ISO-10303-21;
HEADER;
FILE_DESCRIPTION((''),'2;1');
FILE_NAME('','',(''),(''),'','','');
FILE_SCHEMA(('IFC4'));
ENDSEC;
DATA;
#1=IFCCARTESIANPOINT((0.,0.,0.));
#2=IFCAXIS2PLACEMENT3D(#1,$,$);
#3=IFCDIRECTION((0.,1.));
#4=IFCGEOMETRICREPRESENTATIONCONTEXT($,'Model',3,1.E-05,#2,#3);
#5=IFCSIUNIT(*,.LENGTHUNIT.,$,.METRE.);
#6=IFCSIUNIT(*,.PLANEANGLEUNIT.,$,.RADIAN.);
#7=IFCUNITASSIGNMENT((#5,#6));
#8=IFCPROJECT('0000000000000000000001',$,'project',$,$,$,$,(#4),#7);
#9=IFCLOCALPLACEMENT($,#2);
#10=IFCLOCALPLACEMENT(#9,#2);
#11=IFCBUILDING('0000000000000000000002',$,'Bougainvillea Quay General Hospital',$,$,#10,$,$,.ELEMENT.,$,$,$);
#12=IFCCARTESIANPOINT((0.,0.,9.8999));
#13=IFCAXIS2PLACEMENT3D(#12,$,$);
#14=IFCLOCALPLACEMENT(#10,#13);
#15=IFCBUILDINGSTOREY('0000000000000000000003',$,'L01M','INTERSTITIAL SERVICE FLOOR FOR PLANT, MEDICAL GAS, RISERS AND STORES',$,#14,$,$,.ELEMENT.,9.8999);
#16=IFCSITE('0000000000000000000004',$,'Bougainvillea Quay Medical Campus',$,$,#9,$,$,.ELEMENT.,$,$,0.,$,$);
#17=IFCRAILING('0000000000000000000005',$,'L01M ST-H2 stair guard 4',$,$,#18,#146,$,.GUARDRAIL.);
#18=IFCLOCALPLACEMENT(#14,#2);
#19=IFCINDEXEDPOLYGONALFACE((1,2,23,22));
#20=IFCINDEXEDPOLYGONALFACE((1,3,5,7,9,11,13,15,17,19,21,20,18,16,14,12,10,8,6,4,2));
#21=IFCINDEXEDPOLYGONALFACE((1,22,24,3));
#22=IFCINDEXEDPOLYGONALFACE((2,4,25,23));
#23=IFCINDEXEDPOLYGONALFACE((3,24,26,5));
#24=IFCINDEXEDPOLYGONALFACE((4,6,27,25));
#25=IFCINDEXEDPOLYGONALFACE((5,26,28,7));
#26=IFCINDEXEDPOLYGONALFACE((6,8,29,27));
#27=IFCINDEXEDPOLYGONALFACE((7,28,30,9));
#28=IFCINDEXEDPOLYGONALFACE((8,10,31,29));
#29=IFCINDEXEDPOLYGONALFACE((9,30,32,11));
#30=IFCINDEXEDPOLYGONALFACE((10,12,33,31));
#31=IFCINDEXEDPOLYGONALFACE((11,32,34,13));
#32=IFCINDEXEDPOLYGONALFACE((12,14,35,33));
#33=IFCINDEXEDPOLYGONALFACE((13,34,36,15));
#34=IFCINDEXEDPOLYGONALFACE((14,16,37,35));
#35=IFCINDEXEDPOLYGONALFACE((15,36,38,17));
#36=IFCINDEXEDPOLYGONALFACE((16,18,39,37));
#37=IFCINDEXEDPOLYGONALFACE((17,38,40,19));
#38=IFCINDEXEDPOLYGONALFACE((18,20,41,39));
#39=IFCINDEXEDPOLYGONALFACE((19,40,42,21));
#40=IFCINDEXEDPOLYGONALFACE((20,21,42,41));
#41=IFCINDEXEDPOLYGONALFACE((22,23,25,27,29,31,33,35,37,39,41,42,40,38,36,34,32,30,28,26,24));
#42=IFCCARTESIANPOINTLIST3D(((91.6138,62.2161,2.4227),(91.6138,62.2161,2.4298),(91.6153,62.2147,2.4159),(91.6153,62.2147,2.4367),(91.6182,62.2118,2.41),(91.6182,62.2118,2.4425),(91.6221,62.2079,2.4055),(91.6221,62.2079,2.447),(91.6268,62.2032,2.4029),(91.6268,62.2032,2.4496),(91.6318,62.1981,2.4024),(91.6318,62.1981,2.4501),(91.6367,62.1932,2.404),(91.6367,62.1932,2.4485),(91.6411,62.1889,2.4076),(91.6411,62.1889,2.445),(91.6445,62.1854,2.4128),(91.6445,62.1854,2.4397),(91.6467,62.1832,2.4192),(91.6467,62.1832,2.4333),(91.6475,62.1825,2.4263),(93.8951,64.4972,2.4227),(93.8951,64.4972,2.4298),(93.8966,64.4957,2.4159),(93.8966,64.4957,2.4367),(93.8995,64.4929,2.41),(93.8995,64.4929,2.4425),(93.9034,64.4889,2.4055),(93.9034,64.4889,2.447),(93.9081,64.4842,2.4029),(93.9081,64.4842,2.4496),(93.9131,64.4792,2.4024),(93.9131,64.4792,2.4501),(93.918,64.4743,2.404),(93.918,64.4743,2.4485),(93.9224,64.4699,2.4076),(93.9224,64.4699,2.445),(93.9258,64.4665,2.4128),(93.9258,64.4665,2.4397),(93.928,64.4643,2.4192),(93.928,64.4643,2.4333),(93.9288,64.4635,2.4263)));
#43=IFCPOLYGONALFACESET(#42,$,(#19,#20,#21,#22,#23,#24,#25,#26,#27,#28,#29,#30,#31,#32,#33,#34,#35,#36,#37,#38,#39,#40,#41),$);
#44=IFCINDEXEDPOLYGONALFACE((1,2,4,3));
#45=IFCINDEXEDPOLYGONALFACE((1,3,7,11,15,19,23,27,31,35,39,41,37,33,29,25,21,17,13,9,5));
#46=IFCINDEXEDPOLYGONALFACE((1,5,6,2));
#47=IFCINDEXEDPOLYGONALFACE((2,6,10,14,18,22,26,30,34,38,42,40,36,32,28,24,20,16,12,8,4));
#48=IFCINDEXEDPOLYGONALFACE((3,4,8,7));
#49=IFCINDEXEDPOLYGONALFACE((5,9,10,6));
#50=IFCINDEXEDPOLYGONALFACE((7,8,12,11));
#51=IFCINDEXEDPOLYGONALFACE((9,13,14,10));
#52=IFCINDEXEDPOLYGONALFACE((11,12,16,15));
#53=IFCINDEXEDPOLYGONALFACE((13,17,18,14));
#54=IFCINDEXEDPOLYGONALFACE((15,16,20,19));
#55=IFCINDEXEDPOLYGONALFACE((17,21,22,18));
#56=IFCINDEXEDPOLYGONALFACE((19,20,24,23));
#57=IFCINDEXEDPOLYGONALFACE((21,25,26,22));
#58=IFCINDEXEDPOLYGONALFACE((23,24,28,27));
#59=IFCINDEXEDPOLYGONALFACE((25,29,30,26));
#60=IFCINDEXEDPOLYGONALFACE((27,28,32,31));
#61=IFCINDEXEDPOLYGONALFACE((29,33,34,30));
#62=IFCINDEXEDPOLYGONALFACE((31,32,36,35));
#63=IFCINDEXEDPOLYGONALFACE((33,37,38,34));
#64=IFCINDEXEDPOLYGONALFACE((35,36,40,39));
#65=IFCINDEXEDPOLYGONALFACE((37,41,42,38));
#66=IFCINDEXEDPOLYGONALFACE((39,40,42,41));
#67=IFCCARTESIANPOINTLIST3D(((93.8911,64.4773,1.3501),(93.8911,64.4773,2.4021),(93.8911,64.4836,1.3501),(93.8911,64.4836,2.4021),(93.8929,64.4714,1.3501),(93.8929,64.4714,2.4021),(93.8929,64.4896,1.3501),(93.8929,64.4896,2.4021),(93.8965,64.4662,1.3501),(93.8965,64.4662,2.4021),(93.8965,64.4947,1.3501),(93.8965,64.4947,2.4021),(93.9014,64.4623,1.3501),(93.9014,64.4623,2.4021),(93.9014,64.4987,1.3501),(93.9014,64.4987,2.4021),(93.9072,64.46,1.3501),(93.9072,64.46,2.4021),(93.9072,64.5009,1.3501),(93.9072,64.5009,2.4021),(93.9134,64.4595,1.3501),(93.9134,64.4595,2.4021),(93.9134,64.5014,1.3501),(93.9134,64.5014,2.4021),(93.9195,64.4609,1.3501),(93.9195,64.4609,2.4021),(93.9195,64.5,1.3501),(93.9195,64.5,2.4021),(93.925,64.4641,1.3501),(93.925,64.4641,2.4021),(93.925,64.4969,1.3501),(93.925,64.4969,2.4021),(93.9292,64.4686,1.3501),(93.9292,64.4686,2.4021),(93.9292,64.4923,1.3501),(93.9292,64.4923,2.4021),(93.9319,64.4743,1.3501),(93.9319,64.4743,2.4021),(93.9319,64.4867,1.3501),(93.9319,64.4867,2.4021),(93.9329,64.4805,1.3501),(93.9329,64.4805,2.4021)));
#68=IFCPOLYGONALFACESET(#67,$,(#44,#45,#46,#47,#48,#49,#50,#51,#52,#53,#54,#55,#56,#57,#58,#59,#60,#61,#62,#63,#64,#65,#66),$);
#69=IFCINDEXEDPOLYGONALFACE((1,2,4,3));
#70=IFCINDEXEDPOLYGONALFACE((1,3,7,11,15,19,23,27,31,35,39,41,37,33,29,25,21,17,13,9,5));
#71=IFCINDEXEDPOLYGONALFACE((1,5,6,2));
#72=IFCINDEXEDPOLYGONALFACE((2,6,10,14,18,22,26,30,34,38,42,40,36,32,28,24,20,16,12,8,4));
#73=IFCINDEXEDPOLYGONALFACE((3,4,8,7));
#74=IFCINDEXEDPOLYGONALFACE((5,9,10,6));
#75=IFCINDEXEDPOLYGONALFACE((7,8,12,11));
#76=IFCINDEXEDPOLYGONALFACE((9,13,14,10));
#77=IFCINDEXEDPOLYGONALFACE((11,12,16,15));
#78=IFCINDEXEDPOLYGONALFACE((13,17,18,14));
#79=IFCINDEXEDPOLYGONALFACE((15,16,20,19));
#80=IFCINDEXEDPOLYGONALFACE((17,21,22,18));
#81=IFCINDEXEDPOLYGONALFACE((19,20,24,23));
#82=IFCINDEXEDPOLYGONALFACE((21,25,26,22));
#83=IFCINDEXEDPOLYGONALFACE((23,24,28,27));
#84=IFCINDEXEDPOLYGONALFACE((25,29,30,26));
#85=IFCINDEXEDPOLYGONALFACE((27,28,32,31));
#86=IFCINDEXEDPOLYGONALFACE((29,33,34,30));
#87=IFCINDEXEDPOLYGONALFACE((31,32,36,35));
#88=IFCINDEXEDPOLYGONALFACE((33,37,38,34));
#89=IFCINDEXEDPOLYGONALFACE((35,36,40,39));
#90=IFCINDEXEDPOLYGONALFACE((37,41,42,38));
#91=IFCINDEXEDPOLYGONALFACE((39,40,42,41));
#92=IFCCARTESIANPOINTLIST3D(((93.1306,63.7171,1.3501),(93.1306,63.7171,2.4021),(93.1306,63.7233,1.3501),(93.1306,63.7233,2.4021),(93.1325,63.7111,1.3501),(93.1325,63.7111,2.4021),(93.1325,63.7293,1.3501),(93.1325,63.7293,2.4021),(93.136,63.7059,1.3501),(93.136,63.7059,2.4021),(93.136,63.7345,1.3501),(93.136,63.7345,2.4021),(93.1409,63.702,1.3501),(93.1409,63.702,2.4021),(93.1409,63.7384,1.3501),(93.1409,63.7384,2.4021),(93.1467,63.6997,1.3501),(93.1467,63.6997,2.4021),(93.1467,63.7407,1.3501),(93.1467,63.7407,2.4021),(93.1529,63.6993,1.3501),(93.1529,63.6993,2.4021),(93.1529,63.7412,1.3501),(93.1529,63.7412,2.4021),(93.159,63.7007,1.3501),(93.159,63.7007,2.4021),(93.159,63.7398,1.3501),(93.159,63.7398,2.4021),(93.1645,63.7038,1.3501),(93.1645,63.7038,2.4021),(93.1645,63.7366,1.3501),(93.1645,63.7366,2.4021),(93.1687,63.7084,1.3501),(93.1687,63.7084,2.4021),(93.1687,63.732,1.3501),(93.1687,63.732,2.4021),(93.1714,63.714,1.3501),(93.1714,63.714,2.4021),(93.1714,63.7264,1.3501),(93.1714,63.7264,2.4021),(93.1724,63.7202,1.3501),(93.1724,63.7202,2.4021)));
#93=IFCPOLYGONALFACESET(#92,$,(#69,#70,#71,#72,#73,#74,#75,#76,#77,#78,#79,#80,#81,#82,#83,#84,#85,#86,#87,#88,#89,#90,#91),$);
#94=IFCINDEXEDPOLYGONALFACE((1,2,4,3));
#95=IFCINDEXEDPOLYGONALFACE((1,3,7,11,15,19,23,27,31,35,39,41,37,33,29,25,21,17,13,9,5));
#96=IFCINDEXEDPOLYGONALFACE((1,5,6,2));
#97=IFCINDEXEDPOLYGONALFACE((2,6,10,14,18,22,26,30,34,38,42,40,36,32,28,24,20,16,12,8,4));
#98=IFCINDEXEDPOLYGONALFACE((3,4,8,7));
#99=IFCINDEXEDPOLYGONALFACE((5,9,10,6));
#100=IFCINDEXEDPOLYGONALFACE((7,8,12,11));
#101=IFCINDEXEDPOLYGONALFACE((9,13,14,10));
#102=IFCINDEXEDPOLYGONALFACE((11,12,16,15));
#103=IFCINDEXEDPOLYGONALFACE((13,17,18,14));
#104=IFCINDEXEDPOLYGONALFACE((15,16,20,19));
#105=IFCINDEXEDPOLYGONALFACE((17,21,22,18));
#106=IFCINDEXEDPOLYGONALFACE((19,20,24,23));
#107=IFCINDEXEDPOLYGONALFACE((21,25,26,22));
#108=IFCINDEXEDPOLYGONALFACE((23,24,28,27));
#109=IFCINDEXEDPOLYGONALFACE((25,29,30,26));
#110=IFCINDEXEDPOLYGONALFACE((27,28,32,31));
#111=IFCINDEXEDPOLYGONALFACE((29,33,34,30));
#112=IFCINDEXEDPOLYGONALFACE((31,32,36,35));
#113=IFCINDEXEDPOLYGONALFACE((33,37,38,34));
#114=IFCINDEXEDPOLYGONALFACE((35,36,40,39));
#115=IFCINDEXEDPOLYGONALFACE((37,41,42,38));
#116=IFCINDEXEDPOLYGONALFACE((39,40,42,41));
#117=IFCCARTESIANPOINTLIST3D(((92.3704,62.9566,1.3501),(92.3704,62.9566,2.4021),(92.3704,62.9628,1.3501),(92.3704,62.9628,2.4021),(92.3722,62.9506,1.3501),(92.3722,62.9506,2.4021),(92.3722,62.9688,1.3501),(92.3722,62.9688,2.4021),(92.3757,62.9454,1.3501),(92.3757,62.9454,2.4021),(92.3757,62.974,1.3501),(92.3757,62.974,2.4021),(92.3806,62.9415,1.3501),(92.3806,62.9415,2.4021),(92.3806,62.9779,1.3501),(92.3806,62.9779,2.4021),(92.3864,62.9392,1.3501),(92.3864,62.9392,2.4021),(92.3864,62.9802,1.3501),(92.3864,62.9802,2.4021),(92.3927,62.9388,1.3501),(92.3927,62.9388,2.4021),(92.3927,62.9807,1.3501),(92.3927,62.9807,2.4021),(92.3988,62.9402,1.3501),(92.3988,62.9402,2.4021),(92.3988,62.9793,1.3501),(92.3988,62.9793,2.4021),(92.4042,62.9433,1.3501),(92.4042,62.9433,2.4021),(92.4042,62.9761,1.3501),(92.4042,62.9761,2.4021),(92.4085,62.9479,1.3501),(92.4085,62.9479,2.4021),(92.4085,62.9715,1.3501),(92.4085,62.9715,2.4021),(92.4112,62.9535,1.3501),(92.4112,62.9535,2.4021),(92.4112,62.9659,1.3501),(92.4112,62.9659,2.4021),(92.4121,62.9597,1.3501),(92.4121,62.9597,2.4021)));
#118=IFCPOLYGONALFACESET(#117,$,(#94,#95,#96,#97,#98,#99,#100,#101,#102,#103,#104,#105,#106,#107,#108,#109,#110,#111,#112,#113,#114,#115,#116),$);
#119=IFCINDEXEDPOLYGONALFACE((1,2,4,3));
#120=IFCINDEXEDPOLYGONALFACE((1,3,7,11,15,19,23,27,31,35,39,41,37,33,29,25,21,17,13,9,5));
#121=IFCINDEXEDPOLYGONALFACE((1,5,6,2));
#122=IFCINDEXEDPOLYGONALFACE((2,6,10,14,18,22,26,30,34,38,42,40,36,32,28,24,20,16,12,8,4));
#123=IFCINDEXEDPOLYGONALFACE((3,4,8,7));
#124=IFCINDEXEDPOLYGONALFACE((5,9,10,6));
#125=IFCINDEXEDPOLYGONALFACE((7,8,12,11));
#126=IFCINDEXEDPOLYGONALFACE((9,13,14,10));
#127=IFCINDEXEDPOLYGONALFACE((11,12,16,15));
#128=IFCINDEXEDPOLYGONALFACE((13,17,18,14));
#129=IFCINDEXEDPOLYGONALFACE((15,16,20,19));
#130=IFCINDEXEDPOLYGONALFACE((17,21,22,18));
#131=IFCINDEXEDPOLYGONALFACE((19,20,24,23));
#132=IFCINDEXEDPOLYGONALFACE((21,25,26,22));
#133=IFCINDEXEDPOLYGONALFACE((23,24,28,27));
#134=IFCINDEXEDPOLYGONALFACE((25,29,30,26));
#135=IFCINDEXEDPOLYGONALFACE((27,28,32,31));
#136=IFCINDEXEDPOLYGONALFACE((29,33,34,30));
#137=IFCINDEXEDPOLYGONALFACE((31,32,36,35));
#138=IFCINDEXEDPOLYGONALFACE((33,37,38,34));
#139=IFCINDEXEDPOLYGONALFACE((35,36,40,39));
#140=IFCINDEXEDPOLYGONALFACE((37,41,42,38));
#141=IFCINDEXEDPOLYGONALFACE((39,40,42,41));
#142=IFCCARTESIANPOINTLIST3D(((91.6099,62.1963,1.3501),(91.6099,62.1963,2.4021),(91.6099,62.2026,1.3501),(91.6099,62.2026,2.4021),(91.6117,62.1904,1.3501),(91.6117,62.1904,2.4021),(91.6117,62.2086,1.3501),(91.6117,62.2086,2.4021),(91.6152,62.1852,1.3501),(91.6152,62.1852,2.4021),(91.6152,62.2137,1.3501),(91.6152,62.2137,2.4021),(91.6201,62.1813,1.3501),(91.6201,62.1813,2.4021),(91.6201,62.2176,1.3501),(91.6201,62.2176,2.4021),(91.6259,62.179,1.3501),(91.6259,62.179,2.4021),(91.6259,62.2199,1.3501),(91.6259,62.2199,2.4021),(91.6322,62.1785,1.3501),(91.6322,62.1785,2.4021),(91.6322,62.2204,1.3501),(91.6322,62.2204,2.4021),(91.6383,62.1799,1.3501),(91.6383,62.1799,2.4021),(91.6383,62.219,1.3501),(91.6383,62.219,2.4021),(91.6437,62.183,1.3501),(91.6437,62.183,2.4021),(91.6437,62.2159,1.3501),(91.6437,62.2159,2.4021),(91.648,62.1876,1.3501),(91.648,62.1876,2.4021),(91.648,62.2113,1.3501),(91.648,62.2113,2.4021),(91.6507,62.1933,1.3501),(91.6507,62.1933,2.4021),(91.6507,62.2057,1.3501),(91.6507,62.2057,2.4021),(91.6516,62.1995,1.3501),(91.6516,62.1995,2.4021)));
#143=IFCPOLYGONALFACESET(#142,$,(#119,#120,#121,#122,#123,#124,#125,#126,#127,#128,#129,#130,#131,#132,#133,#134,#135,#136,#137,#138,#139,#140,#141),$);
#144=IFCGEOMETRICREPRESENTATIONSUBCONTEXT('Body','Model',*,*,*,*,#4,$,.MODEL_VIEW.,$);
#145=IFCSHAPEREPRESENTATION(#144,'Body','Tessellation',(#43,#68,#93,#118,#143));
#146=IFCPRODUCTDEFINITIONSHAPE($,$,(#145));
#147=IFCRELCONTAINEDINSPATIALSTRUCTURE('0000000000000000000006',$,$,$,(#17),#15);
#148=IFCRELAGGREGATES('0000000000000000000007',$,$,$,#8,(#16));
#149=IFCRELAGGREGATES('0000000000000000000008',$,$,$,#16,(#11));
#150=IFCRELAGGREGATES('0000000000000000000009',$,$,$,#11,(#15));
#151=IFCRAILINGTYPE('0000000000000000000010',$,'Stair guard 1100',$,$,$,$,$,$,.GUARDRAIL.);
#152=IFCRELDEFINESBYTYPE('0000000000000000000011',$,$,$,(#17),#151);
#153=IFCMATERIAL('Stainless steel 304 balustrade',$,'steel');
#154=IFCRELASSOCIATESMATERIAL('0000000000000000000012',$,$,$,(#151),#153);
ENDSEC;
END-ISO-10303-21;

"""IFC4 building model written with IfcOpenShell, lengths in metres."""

from ifc_helpers import new_model, si_unit, direction, frame, origin, origin_2d, place, context, subcontext, project, spatial, circle, extrude, material, type_object, element, save


model = new_model("IFC4")

# Units and contexts
model_context = context("Model", 3, precision=1e-05, world=origin(), true_north=direction((0.0, 1.0)))
body_context = subcontext(model_context, "Body", "Model", "MODEL_VIEW")
ifc_project = project(units=[si_unit("LENGTHUNIT", "METRE"), si_unit("PLANEANGLEUNIT", "RADIAN")], contexts=[model_context])

# Site, building, storey
site_placement = place(None, origin())
site = spatial("IfcSite", under=ifc_project, at=site_placement, Name="Bougainvillea Quay Medical Campus", CompositionType="ELEMENT", RefElevation=0.0)
building_placement = place(site_placement, origin())
building = spatial("IfcBuilding", under=site, at=building_placement, Name="Bougainvillea Quay General Hospital", CompositionType="ELEMENT")
storey_placement = place(building_placement, frame((0.0, 0.0, 9.8999)))
storey = spatial("IfcBuildingStorey", under=building, at=storey_placement, Name="L01M", Description="INTERSTITIAL SERVICE FLOOR FOR PLANT, MEDICAL GAS, RISERS AND STORES", CompositionType="ELEMENT", Elevation=9.8999)

# Railing
ifc_material_1 = material(Name="Stainless steel 304 balustrade", Category="steel")
railing_type = type_object("IfcRailingType", Name="Stair guard 1100", PredefinedType="GUARDRAIL", material=ifc_material_1)
railing_1_placement = place(storey_placement, frame((93.9119, 64.4805, 1.3501)))
element("IfcRailing", 1, at=railing_1_placement, inside=storey, type_object=railing_type, Name="L01M ST-H2 stair guard 4", PredefinedType="GUARDRAIL", context=body_context, shape_type="SweptSolid", body=[
    extrude(circle(Radius=0.0239, at=origin_2d()), frame((0.0, 0.0, 1.0762), z_axis=(-0.707145, -0.707069, 0.0), x_axis=(0.707069, -0.707145, 0.0)), (0.0, 0.0, 1.0), 3.2261),
    extrude(circle(Radius=0.021, at=origin_2d()), origin(), (0.0, 0.0, 1.0), 1.052),
    extrude(circle(Radius=0.021, at=origin_2d()), frame((-0.7605, -0.7603, 0.0)), (0.0, 0.0, 1.0), 1.052),
    extrude(circle(Radius=0.021, at=origin_2d()), frame((-1.5208, -1.5208, 0.0)), (0.0, 0.0, 1.0), 1.052),
    extrude(circle(Radius=0.021, at=origin_2d()), frame((-2.2812, -2.281, 0.0)), (0.0, 0.0, 1.0), 1.052),
])

save(model, "model.ifc")
